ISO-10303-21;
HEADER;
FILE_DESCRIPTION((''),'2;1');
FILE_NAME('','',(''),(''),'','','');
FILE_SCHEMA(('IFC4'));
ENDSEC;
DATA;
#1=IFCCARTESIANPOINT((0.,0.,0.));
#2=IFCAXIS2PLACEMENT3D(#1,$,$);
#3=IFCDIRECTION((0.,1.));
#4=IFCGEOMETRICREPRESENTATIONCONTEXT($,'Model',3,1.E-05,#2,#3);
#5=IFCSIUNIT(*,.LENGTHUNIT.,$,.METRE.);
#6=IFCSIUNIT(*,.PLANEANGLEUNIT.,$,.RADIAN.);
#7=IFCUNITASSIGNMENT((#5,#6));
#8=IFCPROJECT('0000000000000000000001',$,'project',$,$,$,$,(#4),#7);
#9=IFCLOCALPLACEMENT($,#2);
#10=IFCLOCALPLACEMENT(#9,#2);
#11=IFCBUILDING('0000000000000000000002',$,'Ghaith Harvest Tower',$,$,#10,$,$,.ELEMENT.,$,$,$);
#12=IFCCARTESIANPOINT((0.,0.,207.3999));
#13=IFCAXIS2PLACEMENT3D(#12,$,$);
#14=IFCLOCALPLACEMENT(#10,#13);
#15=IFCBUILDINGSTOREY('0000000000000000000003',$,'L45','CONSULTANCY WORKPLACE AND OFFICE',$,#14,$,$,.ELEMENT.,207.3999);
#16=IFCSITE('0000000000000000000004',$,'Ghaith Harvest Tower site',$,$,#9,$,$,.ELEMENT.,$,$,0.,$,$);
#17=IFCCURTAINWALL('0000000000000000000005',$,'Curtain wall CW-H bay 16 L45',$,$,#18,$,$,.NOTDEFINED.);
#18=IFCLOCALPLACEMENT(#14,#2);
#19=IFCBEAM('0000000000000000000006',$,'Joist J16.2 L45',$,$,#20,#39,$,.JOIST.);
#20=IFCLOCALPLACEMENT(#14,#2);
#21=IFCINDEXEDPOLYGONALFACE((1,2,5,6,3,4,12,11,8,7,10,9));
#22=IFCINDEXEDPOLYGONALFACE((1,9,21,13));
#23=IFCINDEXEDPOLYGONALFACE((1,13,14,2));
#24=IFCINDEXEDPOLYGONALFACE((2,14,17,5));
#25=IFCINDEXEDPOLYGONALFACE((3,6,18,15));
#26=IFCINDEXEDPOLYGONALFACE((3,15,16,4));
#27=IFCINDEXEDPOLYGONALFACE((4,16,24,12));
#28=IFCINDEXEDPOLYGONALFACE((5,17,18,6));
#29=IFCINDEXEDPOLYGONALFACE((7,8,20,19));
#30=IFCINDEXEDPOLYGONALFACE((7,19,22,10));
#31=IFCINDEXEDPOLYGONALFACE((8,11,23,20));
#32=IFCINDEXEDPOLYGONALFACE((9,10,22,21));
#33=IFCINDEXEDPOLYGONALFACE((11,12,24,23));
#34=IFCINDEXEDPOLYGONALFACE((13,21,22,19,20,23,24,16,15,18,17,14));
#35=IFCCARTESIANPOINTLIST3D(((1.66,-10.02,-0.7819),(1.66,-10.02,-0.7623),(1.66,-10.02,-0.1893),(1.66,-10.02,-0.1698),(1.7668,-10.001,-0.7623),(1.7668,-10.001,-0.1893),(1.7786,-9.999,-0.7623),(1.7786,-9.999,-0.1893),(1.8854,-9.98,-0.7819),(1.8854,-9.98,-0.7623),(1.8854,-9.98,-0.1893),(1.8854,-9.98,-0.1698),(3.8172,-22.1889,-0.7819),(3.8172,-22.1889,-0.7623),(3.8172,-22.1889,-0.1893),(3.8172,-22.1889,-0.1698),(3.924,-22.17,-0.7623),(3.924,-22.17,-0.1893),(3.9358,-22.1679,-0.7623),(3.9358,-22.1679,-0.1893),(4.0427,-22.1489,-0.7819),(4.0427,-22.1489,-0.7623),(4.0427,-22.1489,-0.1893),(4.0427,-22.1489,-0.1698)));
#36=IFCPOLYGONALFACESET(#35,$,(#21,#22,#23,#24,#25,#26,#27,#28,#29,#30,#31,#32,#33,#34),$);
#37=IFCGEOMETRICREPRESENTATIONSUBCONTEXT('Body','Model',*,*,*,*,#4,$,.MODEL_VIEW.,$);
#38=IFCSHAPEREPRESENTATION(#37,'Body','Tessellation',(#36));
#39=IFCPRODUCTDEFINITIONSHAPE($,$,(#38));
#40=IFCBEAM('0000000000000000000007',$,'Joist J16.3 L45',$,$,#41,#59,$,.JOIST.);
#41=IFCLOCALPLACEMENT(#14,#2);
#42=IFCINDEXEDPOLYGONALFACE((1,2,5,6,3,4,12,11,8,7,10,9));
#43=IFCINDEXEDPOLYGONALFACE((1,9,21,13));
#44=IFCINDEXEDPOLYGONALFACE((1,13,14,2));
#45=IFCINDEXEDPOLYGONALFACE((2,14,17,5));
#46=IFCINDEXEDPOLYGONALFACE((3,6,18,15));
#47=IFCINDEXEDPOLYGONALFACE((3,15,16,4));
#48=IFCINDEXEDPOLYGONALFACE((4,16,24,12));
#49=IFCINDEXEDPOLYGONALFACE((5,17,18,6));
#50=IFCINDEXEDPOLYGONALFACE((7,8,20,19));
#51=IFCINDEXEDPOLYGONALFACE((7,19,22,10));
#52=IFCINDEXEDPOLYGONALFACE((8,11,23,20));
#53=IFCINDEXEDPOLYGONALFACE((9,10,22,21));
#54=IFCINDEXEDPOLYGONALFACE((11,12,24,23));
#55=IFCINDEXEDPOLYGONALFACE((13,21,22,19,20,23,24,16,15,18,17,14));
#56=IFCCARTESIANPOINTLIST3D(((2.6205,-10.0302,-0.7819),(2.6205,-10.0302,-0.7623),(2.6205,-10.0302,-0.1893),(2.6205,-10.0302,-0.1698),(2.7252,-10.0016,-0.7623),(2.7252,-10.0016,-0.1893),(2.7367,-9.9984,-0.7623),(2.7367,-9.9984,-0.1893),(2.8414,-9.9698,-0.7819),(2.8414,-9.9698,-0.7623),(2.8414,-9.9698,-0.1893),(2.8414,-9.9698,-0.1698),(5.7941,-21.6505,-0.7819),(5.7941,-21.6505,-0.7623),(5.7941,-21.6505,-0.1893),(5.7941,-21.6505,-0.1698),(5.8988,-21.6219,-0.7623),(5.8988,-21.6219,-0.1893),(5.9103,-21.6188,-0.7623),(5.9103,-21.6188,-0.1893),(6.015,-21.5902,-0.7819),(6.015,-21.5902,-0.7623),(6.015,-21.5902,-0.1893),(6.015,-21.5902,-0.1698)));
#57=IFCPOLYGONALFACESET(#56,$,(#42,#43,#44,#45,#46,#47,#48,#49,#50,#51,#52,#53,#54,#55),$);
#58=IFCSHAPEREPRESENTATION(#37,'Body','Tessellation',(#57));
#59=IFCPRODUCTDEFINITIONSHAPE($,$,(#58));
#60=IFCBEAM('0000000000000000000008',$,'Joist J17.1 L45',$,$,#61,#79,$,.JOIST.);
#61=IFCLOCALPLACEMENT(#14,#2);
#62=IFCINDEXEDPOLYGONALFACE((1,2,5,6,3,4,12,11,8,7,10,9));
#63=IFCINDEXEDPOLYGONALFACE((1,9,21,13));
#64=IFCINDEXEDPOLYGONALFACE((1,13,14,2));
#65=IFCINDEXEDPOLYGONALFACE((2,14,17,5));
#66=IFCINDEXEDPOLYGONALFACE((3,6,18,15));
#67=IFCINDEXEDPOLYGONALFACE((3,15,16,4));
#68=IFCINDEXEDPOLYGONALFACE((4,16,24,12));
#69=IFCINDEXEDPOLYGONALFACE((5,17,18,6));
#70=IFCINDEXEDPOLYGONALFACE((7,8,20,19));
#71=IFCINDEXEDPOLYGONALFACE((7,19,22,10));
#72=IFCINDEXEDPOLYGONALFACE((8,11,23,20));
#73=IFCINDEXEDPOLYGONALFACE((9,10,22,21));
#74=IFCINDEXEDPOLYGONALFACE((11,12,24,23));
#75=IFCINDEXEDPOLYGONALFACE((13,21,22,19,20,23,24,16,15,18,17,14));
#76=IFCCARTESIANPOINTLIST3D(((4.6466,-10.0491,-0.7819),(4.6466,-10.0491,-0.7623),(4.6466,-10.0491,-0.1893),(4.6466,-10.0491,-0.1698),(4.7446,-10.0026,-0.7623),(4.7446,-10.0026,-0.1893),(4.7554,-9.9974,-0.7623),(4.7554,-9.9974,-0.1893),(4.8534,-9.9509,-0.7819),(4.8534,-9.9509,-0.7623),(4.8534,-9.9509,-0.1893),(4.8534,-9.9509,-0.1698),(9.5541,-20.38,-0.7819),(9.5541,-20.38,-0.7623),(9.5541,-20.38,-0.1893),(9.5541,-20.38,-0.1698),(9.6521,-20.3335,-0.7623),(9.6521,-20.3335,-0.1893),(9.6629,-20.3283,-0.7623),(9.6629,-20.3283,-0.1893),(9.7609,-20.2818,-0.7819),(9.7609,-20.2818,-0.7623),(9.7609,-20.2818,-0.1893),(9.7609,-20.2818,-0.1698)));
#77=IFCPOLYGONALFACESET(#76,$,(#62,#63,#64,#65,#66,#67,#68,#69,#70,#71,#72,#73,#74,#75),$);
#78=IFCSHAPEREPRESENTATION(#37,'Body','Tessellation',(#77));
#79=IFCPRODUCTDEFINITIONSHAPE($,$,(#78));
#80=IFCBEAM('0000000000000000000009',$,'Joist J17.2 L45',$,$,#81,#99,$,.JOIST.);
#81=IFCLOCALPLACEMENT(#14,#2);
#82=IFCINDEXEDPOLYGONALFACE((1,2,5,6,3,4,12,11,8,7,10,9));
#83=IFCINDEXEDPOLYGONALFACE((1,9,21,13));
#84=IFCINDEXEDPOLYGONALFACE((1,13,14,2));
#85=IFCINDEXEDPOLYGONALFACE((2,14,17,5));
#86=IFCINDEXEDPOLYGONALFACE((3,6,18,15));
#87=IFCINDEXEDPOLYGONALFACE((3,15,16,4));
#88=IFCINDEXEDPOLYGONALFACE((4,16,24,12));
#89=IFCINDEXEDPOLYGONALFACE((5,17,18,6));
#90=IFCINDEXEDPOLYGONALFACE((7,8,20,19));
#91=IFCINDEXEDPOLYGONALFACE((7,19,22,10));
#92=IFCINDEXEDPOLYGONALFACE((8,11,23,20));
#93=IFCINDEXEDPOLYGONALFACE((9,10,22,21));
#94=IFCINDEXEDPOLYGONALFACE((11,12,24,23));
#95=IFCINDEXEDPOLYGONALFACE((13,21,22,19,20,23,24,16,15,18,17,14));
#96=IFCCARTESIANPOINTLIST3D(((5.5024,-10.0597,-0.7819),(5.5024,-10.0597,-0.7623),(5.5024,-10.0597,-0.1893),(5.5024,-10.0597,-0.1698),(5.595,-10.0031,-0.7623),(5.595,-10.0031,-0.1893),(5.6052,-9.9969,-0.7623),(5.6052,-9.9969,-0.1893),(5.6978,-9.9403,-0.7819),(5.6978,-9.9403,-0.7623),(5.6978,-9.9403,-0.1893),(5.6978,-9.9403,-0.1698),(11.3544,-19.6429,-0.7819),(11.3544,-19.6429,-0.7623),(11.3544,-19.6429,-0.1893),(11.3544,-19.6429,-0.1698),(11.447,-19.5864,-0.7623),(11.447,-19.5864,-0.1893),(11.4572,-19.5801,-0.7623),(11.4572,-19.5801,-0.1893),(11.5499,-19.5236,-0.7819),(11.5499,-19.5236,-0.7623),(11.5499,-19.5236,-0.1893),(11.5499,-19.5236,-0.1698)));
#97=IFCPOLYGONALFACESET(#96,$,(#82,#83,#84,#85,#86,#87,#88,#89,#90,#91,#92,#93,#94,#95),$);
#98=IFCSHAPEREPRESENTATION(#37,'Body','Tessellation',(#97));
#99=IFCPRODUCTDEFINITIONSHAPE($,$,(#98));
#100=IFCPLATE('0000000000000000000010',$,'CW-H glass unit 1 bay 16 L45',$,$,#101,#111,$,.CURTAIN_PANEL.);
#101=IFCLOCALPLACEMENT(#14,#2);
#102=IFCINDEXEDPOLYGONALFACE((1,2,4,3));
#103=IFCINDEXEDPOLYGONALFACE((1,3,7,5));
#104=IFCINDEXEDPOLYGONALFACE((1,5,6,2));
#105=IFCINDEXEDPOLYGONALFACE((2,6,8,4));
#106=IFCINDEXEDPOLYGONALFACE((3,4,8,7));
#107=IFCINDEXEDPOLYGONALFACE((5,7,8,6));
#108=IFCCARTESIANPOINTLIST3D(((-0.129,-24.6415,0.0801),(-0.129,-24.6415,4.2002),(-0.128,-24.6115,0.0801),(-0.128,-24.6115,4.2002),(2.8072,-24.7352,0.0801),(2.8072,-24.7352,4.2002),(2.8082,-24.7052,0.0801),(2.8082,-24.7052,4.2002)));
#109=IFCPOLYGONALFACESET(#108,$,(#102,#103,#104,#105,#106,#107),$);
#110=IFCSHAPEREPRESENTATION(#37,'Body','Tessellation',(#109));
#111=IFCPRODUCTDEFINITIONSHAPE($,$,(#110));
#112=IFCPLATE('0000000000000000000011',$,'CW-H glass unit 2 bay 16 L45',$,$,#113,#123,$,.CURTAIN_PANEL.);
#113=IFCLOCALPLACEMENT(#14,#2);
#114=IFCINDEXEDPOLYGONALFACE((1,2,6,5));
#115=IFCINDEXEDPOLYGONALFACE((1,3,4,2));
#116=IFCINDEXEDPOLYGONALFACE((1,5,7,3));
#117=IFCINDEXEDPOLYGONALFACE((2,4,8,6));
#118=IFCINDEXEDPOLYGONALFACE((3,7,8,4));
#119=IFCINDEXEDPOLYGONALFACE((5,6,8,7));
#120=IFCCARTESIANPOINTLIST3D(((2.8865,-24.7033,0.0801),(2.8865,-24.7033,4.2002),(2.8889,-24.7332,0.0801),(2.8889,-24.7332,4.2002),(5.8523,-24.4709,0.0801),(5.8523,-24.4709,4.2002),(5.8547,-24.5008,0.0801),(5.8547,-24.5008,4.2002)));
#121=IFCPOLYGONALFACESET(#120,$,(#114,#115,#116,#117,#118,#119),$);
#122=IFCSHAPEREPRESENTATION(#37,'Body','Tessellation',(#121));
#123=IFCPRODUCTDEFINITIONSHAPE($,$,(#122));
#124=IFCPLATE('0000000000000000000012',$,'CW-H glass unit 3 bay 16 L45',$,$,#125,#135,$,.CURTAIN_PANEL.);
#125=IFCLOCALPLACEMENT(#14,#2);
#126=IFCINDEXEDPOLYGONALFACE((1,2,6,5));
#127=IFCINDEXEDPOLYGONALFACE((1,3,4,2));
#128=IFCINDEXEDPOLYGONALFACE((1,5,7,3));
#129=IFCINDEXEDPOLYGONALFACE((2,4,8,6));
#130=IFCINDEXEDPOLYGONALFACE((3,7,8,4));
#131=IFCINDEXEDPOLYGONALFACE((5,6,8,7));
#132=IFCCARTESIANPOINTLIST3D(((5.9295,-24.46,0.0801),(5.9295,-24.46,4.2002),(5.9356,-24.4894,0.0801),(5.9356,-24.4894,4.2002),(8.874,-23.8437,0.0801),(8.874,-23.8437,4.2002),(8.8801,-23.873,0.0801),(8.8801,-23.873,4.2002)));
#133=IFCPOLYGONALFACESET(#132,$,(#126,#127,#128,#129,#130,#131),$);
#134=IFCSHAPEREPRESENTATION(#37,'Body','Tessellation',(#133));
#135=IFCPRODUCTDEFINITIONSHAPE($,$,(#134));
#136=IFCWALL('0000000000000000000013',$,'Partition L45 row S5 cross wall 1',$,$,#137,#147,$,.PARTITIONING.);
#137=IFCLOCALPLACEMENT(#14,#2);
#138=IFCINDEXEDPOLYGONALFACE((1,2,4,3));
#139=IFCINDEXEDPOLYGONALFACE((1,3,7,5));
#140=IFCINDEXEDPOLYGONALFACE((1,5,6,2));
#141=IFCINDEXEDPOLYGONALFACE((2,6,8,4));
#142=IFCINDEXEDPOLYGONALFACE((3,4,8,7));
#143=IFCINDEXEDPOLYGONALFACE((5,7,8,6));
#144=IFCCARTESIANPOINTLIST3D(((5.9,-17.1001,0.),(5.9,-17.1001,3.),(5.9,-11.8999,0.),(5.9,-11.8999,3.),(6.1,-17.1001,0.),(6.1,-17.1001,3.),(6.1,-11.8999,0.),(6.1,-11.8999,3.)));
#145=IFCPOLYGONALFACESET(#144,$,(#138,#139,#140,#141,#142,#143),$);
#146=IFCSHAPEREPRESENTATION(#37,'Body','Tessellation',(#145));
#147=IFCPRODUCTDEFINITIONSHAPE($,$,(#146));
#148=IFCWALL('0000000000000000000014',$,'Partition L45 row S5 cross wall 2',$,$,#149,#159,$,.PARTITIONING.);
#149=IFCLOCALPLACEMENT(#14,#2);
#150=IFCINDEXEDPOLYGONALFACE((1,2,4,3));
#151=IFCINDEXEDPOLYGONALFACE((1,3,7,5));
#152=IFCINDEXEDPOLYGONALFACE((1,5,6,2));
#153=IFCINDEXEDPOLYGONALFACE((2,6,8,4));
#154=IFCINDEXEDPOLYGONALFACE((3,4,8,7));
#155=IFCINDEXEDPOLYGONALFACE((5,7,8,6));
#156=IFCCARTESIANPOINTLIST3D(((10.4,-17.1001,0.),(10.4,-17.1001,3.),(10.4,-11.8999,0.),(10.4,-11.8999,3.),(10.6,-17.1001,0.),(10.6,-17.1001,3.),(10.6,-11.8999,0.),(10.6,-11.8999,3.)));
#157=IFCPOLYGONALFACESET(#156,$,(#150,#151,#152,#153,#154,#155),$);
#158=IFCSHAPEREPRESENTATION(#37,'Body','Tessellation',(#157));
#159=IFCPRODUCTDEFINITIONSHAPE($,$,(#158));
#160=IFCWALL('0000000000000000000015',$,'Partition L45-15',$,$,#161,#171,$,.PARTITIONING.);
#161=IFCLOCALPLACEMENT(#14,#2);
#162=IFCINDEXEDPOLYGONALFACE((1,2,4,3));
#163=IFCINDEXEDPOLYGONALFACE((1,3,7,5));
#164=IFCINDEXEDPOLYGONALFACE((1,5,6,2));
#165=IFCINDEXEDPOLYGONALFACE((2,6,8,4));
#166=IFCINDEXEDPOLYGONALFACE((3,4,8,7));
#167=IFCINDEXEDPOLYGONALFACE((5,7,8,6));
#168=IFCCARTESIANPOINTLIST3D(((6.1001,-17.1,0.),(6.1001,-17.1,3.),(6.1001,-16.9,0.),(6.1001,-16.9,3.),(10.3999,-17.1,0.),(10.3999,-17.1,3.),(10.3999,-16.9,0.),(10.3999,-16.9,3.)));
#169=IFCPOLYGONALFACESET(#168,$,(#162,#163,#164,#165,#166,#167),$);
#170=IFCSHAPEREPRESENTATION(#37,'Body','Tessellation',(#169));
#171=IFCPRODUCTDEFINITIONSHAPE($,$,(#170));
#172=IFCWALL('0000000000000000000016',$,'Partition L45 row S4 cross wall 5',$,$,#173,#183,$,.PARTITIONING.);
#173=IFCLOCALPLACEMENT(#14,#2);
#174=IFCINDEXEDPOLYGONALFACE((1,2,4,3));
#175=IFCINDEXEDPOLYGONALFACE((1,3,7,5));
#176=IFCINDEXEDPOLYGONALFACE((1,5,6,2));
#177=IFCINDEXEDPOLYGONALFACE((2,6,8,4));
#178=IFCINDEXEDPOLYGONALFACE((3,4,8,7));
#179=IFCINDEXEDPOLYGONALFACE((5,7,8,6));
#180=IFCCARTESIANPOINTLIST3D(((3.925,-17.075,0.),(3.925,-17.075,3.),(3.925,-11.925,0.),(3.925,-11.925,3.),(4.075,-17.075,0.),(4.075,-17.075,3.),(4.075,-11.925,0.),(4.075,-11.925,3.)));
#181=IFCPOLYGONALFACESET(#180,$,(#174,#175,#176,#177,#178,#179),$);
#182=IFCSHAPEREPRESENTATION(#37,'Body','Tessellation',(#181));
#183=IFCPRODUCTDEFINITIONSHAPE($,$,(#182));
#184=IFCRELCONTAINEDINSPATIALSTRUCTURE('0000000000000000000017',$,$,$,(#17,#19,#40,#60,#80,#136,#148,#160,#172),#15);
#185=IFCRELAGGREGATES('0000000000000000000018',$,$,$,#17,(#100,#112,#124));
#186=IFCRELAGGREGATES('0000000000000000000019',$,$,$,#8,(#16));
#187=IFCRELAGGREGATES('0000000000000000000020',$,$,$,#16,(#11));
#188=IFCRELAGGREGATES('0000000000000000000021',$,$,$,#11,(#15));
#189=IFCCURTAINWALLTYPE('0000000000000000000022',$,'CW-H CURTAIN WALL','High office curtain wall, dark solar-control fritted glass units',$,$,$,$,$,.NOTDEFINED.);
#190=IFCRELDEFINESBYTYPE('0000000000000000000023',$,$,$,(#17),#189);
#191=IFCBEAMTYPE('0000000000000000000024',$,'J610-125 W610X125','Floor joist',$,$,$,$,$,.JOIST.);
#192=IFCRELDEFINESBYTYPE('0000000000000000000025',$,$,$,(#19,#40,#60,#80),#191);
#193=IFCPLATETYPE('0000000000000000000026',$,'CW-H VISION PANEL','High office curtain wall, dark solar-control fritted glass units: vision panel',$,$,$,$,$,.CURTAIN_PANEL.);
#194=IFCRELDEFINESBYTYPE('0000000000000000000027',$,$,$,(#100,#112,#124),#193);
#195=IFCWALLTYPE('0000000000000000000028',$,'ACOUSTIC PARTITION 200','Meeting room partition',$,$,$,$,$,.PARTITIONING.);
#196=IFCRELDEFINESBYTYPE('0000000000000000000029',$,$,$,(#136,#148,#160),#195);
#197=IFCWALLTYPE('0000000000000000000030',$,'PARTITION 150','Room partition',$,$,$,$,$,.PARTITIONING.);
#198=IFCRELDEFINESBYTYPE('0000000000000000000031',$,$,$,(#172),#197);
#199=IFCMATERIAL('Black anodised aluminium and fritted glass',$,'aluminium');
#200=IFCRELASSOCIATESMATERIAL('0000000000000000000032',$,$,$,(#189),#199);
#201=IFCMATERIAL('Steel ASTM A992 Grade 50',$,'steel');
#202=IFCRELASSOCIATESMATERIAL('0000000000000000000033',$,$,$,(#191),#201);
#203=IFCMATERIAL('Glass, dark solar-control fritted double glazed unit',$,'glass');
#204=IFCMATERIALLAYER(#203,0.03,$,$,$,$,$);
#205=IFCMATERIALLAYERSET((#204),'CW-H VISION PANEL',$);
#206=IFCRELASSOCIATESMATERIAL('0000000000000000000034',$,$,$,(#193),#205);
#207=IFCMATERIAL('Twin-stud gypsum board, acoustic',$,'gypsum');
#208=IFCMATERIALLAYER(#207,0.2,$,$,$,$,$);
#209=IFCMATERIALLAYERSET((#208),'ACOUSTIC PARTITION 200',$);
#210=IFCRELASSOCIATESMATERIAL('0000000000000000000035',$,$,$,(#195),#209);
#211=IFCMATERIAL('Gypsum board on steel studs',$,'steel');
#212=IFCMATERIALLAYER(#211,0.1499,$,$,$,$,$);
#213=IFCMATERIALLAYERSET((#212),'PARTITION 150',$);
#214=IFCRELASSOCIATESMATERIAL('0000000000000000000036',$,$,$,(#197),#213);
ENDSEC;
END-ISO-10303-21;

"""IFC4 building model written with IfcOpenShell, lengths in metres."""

from ifc_helpers import new_model, si_unit, direction, frame, frame_2d, origin, origin_2d, place, context, subcontext, project, spatial, rectangle, i_section, extrude, material, layer, layer_set, material_profile, profile_set, type_object, element, aggregate, save


model = new_model("IFC4")

# Units and contexts
model_context = context("Model", 3, precision=1e-05, world=origin(), true_north=direction((0.0, 1.0)))
body_context = subcontext(model_context, "Body", "Model", "MODEL_VIEW")
ifc_project = project(units=[si_unit("LENGTHUNIT", "METRE"), si_unit("PLANEANGLEUNIT", "RADIAN")], contexts=[model_context])

# Site, building, storey
site_placement = place(None, origin())
site = spatial("IfcSite", under=ifc_project, at=site_placement, Name="Ghaith Harvest Tower site", CompositionType="ELEMENT", RefElevation=0.0)
building_placement = place(site_placement, origin())
building = spatial("IfcBuilding", under=site, at=building_placement, Name="Ghaith Harvest Tower", CompositionType="ELEMENT")
storey_placement = place(building_placement, frame((0.0, 0.0, 207.3999)))
storey = spatial("IfcBuildingStorey", under=building, at=storey_placement, Name="L45", Description="CONSULTANCY WORKPLACE AND OFFICE", CompositionType="ELEMENT", Elevation=207.3999)

# Curtain wall
ifc_material_1 = material(Name="Black anodised aluminium and fritted glass", Category="aluminium")
curtain_wall_type = type_object("IfcCurtainWallType", Name="CW-H CURTAIN WALL", Description="High office curtain wall, dark solar-control fritted glass units", PredefinedType="NOTDEFINED", material=ifc_material_1)
curtain_wall_1_placement = place(storey_placement, origin())
curtain_wall_1 = element("IfcCurtainWall", 1, at=curtain_wall_1_placement, inside=storey, type_object=curtain_wall_type, Name="Curtain wall CW-H bay 16 L45", PredefinedType="NOTDEFINED")

# Beams
ifc_material_2 = material(Name="Steel ASTM A992 Grade 50", Category="steel")
ifc_material_profile_1 = material_profile(ifc_material_2, i_section(OverallWidth=0.229, OverallDepth=0.6121, WebThickness=0.012, FlangeThickness=0.0195, at=origin_2d()), Name="W610X125")
ifc_profile_set_1 = profile_set([ifc_material_profile_1], Name="Steel ASTM A992 Grade 50")
beam_type_1 = type_object("IfcBeamType", Name="J610-125 W610X125", Description="Floor joist", PredefinedType="JOIST", material=ifc_profile_set_1)
beam_1_placement = place(storey_placement, frame((1.7727, -10.0, -0.4758), z_axis=(0.174552, -0.984648, 0.0), x_axis=(0.984648, 0.174552, 0.0)))
element("IfcBeam", 2, at=beam_1_placement, inside=storey, type_object=beam_type_1, Name="Joist J16.2 L45", PredefinedType="JOIST", context=body_context, shape_type="SweptSolid", body=[
    extrude(i_section(OverallWidth=0.229, OverallDepth=0.6121, WebThickness=0.012, FlangeThickness=0.0195, at=origin_2d()), origin(), (0.0, 0.0, 1.0), 12.3586),
])
beam_2_placement = place(storey_placement, frame((2.731, -10.0, -0.4758), z_axis=(0.263457, -0.964671, 0.0), x_axis=(0.964671, 0.263457, 0.0)))
element("IfcBeam", 3, at=beam_2_placement, inside=storey, type_object=beam_type_1, Name="Joist J16.3 L45", PredefinedType="JOIST", context=body_context, shape_type="SweptSolid", body=[
    extrude(i_section(OverallWidth=0.229, OverallDepth=0.6121, WebThickness=0.012, FlangeThickness=0.0195, at=origin_2d()), origin(), (0.0, 0.0, 1.0), 12.0459),
])
beam_3_placement = place(storey_placement, frame((4.75, -10.0, -0.4758), z_axis=(0.429081, -0.903266, 0.0), x_axis=(0.903266, 0.429081, 0.0)))
element("IfcBeam", 4, at=beam_3_placement, inside=storey, type_object=beam_type_1, Name="Joist J17.1 L45", PredefinedType="JOIST", context=body_context, shape_type="SweptSolid", body=[
    extrude(i_section(OverallWidth=0.229, OverallDepth=0.6121, WebThickness=0.012, FlangeThickness=0.0195, at=origin_2d()), origin(), (0.0, 0.0, 1.0), 11.4373),
])
beam_4_placement = place(storey_placement, frame((5.6001, -10.0, -0.4758), z_axis=(0.521166, -0.853455, 0.0), x_axis=(0.853455, 0.521166, 0.0)))
element("IfcBeam", 5, at=beam_4_placement, inside=storey, type_object=beam_type_1, Name="Joist J17.2 L45", PredefinedType="JOIST", context=body_context, shape_type="SweptSolid", body=[
    extrude(i_section(OverallWidth=0.229, OverallDepth=0.6121, WebThickness=0.012, FlangeThickness=0.0195, at=origin_2d()), origin(), (0.0, 0.0, 1.0), 11.2288),
])

# Plates
ifc_material_3 = material(Name="Glass, dark solar-control fritted double glazed unit", Category="glass")
ifc_layer_1 = layer(ifc_material_3, 0.03)
ifc_layer_set_1 = layer_set([ifc_layer_1], Name="CW-H VISION PANEL")
plate_type = type_object("IfcPlateType", Name="CW-H VISION PANEL", Description="High office curtain wall, dark solar-control fritted glass units: vision panel", PredefinedType="CURTAIN_PANEL", material=ifc_layer_set_1)
plate_1_placement = place(storey_placement, frame((1.3396, -24.6733, 0.0801), z_axis=(0.0, 0.0, 1.0), x_axis=(0.999491, -0.031894, 0.0)))
plate_1 = element("IfcPlate", 6, at=plate_1_placement, type_object=plate_type, Name="CW-H glass unit 1 bay 16 L45", PredefinedType="CURTAIN_PANEL", context=body_context, shape_type="SweptSolid", body=[
    extrude(rectangle(XDim=2.9377, YDim=0.03, at=origin_2d()), origin(), (0.0, 0.0, 1.0), 4.1201),
])
plate_2_placement = place(storey_placement, frame((4.3706, -24.6021, 0.0801), z_axis=(0.0, 0.0, 1.0), x_axis=(0.996945, 0.078101, 0.0)))
plate_2 = element("IfcPlate", 7, at=plate_2_placement, type_object=plate_type, Name="CW-H glass unit 2 bay 16 L45", PredefinedType="CURTAIN_PANEL", context=body_context, shape_type="SweptSolid", body=[
    extrude(rectangle(XDim=2.9749, YDim=0.03, at=origin_2d()), origin(), (0.0, 0.0, 1.0), 4.1201),
])
plate_3_placement = place(storey_placement, frame((7.4048, -24.1665, 0.0801), z_axis=(0.0, 0.0, 1.0), x_axis=(0.978789, 0.204872, 0.0)))
plate_3 = element("IfcPlate", 8, at=plate_3_placement, type_object=plate_type, Name="CW-H glass unit 3 bay 16 L45", PredefinedType="CURTAIN_PANEL", context=body_context, shape_type="SweptSolid", body=[
    extrude(rectangle(XDim=3.0083, YDim=0.03, at=origin_2d()), origin(), (0.0, 0.0, 1.0), 4.1201),
])
aggregate(curtain_wall_1, [plate_1, plate_2, plate_3])

# Walls
ifc_material_4 = material(Name="Twin-stud gypsum board, acoustic", Category="gypsum")
ifc_layer_2 = layer(ifc_material_4, 0.2)
ifc_layer_set_2 = layer_set([ifc_layer_2], Name="ACOUSTIC PARTITION 200")
wall_type_1 = type_object("IfcWallType", Name="ACOUSTIC PARTITION 200", Description="Meeting room partition", PredefinedType="PARTITIONING", material=ifc_layer_set_2)
for number, where, z_axis, x_axis, name in (
    (9, (6.0, -11.8999, 0.0), (0.0, 0.0, 1.0), (0.0, -1.0, 0.0), "Partition L45 row S5 cross wall 1"),
    (10, (10.5, -11.8999, 0.0), (0.0, 0.0, 1.0), (0.0, -1.0, 0.0), "Partition L45 row S5 cross wall 2"),
):
    element("IfcWall", number, at=place(storey_placement, frame(where, z_axis=z_axis, x_axis=x_axis)), inside=storey, type_object=wall_type_1, Name=name, PredefinedType="PARTITIONING", context=body_context, shape_type="SweptSolid", body=[
        extrude(rectangle(XDim=5.2002, YDim=0.2, at=frame_2d((2.6001, 0.0))), origin(), (0.0, 0.0, 1.0), 3.0),
    ])

# Walls
wall_1_placement = place(storey_placement, frame((6.1001, -17.0, 0.0), z_axis=(0.0, 0.0, 1.0), x_axis=(1.0, 0.0, 0.0)))
element("IfcWall", 11, at=wall_1_placement, inside=storey, type_object=wall_type_1, Name="Partition L45-15", PredefinedType="PARTITIONING", context=body_context, shape_type="SweptSolid", body=[
    extrude(rectangle(XDim=4.2998, YDim=0.2, at=frame_2d((2.1499, 0.0))), origin(), (0.0, 0.0, 1.0), 3.0),
])
ifc_material_5 = material(Name="Gypsum board on steel studs", Category="steel")
ifc_layer_3 = layer(ifc_material_5, 0.1499)
ifc_layer_set_3 = layer_set([ifc_layer_3], Name="PARTITION 150")
wall_type_2 = type_object("IfcWallType", Name="PARTITION 150", Description="Room partition", PredefinedType="PARTITIONING", material=ifc_layer_set_3)
wall_2_placement = place(storey_placement, frame((4.0, -11.925, 0.0), z_axis=(0.0, 0.0, 1.0), x_axis=(0.0, -1.0, 0.0)))
element("IfcWall", 12, at=wall_2_placement, inside=storey, type_object=wall_type_2, Name="Partition L45 row S4 cross wall 5", PredefinedType="PARTITIONING", context=body_context, shape_type="SweptSolid", body=[
    extrude(rectangle(XDim=5.1499, YDim=0.1499, at=frame_2d((2.575, 0.0))), origin(), (0.0, 0.0, 1.0), 3.0),
])

save(model, "model.ifc")
